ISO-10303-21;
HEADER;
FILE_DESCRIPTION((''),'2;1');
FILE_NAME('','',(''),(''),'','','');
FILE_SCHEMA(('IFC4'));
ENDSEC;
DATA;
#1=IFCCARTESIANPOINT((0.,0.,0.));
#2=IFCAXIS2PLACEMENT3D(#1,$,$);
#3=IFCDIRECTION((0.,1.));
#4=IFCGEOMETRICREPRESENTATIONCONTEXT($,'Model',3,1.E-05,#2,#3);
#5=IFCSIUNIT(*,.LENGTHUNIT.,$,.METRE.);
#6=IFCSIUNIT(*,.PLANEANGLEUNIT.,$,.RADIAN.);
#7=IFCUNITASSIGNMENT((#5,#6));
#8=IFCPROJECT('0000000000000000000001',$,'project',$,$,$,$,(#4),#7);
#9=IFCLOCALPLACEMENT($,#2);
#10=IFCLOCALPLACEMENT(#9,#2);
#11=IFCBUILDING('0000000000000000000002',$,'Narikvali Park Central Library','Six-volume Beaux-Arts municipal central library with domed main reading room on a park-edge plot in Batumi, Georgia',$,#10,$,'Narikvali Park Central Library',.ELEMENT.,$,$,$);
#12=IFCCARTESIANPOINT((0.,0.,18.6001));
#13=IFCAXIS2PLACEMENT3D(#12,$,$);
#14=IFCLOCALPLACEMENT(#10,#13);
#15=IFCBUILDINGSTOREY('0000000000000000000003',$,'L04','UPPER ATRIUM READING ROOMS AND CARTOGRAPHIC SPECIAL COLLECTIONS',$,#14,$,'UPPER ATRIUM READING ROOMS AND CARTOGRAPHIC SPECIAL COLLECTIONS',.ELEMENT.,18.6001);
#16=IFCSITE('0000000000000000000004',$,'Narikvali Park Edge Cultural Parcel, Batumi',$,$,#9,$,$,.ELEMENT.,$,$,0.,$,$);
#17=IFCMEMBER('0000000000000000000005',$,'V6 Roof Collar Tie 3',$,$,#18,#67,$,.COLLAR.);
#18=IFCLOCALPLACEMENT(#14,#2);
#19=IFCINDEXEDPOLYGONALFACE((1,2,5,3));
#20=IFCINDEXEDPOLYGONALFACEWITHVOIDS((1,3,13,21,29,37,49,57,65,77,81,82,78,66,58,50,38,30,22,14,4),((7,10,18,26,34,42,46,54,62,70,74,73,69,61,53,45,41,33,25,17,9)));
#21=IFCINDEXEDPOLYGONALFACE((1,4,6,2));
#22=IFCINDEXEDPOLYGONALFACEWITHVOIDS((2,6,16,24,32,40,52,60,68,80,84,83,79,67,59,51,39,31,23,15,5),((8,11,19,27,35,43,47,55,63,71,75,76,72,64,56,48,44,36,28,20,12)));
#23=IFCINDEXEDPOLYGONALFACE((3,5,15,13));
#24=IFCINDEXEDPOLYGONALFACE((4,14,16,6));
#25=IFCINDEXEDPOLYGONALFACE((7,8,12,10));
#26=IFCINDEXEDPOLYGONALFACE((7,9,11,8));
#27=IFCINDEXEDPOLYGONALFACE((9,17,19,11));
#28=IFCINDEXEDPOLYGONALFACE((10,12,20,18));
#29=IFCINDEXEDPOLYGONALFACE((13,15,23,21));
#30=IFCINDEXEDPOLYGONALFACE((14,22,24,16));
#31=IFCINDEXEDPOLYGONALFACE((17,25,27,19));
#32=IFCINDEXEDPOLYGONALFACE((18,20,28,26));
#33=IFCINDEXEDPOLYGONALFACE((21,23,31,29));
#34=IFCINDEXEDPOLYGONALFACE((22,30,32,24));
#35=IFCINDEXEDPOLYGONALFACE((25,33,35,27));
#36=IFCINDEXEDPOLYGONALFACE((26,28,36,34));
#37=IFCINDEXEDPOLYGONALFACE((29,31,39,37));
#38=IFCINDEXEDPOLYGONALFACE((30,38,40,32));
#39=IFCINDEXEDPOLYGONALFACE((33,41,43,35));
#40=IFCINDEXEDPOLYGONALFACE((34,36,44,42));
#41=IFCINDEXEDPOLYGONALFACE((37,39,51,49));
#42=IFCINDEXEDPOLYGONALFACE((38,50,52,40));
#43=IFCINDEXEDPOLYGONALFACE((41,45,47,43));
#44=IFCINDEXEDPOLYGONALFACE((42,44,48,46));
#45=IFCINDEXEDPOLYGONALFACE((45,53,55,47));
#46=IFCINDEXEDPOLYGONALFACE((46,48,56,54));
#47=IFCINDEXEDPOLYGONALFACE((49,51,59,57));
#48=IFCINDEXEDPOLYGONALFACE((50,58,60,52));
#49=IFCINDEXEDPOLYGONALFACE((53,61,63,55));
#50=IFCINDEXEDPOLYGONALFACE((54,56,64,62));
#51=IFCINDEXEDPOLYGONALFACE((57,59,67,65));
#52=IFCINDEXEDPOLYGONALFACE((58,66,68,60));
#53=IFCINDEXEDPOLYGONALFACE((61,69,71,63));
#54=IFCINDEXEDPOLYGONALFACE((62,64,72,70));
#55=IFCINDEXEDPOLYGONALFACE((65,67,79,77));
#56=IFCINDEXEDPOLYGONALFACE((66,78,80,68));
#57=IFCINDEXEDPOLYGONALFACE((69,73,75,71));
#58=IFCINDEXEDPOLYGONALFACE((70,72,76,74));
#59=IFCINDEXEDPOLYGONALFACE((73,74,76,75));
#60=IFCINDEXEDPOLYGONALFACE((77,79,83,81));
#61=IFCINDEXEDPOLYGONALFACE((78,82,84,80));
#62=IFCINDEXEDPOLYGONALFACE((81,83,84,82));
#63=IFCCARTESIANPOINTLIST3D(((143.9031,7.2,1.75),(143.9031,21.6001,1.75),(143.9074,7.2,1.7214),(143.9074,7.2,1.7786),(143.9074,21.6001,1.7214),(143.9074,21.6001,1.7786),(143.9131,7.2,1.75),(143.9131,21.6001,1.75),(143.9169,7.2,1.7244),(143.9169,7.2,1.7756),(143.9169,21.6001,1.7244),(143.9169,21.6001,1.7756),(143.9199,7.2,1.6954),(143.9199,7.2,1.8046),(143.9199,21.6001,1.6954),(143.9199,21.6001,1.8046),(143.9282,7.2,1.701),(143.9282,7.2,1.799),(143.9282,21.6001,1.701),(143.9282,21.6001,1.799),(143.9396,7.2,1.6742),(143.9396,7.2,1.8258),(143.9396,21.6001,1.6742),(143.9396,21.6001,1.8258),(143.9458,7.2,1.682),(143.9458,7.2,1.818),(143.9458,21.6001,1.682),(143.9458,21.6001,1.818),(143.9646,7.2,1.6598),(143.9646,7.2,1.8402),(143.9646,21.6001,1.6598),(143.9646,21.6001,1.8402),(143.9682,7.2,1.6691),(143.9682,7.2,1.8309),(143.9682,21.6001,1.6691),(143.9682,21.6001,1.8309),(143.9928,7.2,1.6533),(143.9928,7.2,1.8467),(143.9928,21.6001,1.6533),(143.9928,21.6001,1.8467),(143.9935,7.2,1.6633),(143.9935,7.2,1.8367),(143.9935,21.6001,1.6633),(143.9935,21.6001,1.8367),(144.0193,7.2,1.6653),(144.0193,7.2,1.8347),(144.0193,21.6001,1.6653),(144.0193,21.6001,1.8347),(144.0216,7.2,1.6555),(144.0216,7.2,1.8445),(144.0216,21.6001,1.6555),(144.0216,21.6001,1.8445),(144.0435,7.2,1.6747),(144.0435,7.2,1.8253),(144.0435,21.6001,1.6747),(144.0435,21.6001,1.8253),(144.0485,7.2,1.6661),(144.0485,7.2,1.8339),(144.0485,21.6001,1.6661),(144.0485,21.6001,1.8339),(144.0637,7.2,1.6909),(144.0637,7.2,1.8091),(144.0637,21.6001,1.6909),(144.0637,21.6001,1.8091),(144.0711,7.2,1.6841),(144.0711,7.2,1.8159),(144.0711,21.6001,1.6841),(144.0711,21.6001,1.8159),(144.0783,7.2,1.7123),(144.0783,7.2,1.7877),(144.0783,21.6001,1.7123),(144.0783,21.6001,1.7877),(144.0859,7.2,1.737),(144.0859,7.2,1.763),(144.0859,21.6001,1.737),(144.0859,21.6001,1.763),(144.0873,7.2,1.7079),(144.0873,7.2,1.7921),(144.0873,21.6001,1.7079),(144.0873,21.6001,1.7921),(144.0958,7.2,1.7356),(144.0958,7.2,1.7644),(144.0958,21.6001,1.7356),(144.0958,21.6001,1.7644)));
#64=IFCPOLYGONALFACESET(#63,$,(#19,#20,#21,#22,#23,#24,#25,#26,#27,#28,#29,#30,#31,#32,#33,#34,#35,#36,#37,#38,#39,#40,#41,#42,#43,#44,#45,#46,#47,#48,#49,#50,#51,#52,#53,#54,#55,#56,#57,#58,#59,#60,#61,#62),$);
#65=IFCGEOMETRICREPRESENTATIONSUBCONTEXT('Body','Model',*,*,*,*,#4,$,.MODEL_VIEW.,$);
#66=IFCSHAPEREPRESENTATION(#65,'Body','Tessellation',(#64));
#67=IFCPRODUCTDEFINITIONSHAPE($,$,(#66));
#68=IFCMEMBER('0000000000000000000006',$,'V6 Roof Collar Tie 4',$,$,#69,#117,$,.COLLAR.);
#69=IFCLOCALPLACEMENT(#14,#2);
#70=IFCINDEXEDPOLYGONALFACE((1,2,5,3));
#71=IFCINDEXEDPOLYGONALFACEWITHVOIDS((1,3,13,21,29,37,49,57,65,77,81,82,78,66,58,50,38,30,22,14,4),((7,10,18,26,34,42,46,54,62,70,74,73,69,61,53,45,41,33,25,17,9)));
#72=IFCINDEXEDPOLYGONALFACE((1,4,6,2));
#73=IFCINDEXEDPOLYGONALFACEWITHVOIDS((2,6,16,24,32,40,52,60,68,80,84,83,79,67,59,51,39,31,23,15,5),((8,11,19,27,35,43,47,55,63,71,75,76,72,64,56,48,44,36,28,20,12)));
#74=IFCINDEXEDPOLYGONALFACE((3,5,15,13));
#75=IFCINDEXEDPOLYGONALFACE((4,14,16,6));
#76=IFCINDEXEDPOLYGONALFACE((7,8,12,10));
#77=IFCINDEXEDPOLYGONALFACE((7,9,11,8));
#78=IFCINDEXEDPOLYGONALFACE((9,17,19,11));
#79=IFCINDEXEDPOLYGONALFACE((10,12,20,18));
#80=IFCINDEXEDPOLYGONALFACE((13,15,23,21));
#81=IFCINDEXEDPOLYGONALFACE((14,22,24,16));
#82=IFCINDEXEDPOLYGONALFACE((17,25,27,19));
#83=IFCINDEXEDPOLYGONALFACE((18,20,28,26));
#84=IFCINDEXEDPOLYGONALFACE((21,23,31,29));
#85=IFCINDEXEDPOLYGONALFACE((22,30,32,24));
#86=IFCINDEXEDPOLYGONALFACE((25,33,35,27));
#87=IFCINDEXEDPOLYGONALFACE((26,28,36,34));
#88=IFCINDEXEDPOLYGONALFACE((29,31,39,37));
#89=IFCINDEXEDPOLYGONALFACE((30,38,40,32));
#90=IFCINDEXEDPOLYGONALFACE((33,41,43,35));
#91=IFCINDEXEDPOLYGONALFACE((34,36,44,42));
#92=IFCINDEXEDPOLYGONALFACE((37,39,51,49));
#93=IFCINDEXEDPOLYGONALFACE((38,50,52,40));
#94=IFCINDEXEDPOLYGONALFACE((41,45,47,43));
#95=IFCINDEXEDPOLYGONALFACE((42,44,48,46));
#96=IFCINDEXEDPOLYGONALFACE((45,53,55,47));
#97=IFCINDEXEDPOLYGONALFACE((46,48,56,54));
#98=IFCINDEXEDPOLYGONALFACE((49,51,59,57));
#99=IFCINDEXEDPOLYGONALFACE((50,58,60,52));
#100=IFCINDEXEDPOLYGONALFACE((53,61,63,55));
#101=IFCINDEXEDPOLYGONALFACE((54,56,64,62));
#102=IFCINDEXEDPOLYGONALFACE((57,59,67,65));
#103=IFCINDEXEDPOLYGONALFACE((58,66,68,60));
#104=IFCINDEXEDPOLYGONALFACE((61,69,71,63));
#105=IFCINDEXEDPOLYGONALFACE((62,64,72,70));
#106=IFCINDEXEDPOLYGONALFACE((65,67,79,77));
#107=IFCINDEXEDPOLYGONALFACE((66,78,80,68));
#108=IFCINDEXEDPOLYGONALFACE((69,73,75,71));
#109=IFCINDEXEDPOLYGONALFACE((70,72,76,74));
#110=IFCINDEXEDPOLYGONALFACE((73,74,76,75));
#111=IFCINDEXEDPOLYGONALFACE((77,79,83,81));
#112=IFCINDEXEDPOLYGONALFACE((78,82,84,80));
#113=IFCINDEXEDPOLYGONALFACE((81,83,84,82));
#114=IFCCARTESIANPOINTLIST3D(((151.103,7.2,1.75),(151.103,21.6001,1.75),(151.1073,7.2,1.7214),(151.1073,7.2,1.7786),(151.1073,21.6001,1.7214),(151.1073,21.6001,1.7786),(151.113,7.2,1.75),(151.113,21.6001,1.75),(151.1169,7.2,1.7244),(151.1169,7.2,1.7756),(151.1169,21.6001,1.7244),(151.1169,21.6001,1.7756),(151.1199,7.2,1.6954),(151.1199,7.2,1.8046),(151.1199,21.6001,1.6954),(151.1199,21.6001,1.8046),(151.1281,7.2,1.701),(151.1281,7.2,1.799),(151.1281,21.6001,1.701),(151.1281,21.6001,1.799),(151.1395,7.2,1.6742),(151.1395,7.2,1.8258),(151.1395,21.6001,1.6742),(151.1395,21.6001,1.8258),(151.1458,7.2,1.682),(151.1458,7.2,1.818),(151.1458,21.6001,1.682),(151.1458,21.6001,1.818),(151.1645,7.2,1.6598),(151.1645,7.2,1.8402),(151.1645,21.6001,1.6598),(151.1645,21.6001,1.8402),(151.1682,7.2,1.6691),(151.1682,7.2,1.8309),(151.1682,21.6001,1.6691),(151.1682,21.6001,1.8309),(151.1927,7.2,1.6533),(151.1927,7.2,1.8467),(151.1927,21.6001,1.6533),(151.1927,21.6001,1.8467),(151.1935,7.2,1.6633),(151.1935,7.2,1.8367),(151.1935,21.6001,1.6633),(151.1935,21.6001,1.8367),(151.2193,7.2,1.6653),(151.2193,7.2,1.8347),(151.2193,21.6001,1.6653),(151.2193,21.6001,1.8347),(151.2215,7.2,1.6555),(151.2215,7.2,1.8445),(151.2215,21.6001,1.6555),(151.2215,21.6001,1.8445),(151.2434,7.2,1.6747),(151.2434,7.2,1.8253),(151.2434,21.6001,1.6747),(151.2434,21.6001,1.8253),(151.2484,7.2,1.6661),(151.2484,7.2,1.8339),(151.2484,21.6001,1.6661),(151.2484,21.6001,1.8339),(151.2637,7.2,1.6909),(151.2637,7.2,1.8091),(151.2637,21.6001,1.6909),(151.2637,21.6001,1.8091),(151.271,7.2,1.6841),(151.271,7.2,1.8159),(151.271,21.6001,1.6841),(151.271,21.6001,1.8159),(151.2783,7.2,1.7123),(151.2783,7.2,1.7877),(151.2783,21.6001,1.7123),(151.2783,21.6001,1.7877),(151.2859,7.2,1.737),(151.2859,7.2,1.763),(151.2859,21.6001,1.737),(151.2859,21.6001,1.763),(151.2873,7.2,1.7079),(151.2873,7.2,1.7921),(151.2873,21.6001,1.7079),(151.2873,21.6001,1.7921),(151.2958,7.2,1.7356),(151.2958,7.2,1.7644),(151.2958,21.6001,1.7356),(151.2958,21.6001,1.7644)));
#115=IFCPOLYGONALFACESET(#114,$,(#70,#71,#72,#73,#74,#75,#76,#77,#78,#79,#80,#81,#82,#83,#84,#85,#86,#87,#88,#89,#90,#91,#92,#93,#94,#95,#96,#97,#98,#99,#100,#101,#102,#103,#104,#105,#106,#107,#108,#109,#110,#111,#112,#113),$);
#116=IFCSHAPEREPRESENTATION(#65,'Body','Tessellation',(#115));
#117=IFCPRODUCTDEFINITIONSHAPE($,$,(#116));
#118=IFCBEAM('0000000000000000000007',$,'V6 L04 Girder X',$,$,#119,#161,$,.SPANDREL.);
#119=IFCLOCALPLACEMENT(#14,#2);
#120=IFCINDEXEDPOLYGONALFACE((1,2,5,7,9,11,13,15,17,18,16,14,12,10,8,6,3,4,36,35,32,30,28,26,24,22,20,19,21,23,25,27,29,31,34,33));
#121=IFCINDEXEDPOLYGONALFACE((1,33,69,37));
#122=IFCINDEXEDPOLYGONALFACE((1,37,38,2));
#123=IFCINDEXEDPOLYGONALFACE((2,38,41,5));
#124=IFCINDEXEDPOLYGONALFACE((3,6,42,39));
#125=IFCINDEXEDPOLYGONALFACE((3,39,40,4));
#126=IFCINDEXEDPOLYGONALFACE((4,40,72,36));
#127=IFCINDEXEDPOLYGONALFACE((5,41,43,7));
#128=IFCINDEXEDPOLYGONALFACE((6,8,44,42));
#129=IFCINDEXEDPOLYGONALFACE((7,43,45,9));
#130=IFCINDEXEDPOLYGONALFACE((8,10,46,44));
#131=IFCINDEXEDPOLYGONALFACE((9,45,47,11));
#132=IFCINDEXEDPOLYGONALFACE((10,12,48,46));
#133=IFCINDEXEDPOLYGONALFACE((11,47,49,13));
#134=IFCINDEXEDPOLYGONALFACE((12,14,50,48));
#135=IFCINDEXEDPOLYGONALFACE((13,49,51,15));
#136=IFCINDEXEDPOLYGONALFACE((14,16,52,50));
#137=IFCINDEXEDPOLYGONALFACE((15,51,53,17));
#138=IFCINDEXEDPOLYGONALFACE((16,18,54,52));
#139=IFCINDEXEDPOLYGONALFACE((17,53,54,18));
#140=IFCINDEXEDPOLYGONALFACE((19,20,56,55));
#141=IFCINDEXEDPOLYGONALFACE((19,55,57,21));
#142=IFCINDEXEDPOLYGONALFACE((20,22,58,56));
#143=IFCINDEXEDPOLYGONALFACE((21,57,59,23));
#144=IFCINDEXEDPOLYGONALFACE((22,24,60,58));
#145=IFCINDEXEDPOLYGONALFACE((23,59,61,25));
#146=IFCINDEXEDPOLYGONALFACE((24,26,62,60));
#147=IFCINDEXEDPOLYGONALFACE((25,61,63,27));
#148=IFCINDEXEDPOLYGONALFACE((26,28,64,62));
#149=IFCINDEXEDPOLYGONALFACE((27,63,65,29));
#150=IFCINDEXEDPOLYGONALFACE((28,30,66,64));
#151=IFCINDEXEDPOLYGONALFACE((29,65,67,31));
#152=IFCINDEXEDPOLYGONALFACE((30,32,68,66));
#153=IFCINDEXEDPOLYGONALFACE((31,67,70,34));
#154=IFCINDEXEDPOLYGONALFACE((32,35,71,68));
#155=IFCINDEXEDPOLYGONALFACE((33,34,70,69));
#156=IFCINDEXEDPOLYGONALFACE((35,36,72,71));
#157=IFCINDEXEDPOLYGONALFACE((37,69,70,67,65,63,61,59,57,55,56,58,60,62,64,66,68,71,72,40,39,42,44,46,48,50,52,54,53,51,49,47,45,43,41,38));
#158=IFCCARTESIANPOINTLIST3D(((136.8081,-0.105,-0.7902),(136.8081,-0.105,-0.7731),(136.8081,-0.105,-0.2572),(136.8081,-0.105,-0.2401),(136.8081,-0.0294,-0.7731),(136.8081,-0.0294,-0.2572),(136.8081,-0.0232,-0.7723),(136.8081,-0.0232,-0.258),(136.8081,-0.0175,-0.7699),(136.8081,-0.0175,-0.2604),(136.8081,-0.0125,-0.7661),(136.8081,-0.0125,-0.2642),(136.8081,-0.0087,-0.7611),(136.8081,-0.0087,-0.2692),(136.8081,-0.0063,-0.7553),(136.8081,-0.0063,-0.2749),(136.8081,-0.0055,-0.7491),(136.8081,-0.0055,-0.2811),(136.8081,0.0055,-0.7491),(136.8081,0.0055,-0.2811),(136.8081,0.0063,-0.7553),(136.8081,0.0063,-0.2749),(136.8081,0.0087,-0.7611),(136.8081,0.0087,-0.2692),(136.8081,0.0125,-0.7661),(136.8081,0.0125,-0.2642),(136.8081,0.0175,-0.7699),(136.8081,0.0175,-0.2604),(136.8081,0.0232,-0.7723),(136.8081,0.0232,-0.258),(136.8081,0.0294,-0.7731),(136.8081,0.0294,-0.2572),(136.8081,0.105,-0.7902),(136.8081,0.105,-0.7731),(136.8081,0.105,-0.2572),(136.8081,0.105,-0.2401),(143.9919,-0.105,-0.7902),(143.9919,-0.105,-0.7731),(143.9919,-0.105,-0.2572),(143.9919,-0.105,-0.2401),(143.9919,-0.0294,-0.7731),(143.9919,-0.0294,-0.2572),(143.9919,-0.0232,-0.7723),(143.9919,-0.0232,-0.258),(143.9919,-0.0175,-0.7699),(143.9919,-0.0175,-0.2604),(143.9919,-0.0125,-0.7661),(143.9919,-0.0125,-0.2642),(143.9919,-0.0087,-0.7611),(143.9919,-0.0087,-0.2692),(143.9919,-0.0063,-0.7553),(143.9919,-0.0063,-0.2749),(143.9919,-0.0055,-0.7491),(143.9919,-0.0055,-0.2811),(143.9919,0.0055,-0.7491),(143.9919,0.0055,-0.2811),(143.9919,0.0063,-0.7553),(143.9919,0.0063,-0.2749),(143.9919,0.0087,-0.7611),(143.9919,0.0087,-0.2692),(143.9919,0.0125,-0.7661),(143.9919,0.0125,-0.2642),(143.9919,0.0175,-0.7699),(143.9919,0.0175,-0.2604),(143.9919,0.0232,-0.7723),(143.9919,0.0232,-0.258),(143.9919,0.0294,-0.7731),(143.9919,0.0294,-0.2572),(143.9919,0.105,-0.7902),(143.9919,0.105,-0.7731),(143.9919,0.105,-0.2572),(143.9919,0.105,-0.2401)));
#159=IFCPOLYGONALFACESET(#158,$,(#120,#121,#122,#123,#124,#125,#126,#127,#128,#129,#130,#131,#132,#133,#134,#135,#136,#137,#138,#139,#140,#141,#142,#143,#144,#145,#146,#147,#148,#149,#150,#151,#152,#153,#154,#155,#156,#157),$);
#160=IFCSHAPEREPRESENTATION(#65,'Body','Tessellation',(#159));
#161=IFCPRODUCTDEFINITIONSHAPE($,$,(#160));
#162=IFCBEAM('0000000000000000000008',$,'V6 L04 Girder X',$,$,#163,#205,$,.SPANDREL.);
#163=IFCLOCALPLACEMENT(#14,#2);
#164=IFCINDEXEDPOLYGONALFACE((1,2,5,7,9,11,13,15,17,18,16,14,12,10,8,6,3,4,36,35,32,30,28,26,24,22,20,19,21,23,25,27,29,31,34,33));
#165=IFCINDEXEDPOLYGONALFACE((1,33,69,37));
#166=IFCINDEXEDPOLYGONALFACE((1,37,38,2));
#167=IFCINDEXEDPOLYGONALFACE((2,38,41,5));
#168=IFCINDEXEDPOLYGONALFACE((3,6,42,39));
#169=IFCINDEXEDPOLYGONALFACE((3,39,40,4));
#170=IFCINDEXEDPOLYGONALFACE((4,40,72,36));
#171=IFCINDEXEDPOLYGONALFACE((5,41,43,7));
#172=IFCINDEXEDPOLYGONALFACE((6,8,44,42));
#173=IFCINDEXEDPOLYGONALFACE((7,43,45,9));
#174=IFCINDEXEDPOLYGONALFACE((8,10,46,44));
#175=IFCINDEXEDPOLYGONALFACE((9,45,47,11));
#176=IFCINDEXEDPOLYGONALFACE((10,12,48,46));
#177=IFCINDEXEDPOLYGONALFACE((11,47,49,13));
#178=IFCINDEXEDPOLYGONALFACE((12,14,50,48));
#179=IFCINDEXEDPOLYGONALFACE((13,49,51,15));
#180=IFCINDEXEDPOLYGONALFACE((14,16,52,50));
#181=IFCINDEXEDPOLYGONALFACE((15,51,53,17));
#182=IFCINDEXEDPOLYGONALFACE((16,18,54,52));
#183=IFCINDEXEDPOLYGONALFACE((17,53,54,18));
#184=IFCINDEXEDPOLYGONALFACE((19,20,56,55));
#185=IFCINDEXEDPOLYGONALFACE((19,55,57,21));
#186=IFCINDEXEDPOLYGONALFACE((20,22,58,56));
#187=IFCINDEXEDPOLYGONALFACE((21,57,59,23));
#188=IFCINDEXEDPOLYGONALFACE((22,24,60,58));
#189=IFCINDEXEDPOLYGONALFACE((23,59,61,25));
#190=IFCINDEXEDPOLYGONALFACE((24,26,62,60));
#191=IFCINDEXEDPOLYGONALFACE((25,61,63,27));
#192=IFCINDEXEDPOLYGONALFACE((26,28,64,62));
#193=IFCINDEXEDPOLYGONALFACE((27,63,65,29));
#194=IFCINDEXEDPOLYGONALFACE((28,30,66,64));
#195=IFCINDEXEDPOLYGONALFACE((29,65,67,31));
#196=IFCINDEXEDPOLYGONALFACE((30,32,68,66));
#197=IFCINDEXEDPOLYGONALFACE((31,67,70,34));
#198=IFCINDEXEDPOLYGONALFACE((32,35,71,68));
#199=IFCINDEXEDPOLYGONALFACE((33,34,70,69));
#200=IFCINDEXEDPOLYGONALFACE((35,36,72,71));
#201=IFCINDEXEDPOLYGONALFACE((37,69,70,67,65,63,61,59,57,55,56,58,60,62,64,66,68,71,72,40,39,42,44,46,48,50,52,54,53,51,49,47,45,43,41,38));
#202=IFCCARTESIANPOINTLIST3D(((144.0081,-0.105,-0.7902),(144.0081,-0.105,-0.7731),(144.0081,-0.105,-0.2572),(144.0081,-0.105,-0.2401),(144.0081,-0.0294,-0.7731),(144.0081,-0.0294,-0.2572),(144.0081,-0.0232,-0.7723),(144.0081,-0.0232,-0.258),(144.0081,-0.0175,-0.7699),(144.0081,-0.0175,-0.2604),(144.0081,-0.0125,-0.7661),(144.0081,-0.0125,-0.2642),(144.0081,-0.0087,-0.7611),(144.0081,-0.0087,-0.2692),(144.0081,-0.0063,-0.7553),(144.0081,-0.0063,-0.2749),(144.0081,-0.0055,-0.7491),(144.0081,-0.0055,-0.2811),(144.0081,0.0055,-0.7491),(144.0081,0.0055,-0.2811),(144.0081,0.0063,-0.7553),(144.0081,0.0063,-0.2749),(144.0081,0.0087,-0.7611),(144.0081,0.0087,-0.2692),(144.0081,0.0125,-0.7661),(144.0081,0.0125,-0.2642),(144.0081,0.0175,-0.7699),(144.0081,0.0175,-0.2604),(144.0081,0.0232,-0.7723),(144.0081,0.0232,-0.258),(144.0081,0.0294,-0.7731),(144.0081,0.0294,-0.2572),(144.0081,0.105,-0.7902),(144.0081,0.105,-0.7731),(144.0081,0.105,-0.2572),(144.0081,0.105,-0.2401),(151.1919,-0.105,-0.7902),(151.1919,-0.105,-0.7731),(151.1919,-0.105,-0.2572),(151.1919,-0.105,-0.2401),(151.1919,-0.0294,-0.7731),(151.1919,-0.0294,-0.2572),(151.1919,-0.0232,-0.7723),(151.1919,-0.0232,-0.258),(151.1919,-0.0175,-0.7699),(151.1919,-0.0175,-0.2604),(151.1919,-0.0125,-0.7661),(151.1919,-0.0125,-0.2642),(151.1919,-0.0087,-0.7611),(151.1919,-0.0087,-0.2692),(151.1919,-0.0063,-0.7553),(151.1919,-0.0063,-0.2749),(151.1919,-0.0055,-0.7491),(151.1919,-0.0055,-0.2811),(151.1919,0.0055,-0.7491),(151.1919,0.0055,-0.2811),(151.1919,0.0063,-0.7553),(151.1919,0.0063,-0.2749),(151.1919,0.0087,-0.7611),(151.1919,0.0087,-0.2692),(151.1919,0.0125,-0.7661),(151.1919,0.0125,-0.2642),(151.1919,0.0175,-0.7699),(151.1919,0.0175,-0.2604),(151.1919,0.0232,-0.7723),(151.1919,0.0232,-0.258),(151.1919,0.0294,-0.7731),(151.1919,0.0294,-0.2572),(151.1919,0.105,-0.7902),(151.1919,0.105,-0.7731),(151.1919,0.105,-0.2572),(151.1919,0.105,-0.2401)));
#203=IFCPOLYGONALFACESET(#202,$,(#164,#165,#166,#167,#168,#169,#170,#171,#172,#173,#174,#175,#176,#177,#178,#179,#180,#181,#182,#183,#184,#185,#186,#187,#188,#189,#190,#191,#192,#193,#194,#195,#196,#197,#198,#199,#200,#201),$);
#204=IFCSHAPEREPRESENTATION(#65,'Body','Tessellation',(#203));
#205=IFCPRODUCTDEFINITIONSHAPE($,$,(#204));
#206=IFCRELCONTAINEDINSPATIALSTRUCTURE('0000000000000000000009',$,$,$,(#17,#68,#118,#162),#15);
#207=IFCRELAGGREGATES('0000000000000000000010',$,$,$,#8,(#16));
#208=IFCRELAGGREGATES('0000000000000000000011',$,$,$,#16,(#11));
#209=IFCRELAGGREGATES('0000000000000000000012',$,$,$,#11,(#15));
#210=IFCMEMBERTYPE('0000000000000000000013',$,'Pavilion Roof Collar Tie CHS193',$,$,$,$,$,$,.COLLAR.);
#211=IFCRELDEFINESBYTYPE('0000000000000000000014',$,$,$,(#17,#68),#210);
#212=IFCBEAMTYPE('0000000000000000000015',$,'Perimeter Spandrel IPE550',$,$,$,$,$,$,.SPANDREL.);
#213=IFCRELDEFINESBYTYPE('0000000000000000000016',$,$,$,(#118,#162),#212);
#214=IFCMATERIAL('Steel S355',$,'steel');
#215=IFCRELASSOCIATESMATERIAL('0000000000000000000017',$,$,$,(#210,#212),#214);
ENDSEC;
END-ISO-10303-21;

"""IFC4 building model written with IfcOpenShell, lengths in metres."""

from ifc_helpers import new_model, si_unit, direction, frame, origin, origin_2d, place, context, subcontext, project, spatial, hollow_circle, i_section, extrude, material, material_profile, profile_set, type_object, element, save


model = new_model("IFC4")

# Units and contexts
model_context = context("Model", 3, precision=1e-05, world=origin(), true_north=direction((0.0, 1.0)))
body_context = subcontext(model_context, "Body", "Model", "MODEL_VIEW")
ifc_project = project(units=[si_unit("LENGTHUNIT", "METRE"), si_unit("PLANEANGLEUNIT", "RADIAN")], contexts=[model_context])

# Site, building, storey
site_placement = place(None, origin())
site = spatial("IfcSite", under=ifc_project, at=site_placement, Name="Narikvali Park Edge Cultural Parcel, Batumi", CompositionType="ELEMENT", RefElevation=0.0)
building_placement = place(site_placement, origin())
building = spatial("IfcBuilding", under=site, at=building_placement, Name="Narikvali Park Central Library", Description="Six-volume Beaux-Arts municipal central library with domed main reading room on a park-edge plot in Batumi, Georgia", LongName="Narikvali Park Central Library", CompositionType="ELEMENT")
storey_placement = place(building_placement, frame((0.0, 0.0, 18.6001)))
storey = spatial("IfcBuildingStorey", under=building, at=storey_placement, Name="L04", Description="UPPER ATRIUM READING ROOMS AND CARTOGRAPHIC SPECIAL COLLECTIONS", LongName="UPPER ATRIUM READING ROOMS AND CARTOGRAPHIC SPECIAL COLLECTIONS", CompositionType="ELEMENT", Elevation=18.6001)

# Shared definitions
ifc_material = material(Name="Steel S355", Category="steel")

# Members
ifc_material_profile_1 = material_profile(ifc_material, hollow_circle(Radius=0.0969, WallThickness=0.01, at=origin_2d()), Name="CHS 193.7x10")
ifc_profile_set_1 = profile_set([ifc_material_profile_1], Name="Steel S355")
member_type_1 = type_object("IfcMemberType", Name="Pavilion Roof Collar Tie CHS193", PredefinedType="COLLAR", material=ifc_profile_set_1)
for number, where, z_axis, x_axis, name in (
    (1, (144.0, 7.2, 1.75), (0.0, 1.0, 0.0), (-1.0, 0.0, 0.0), "V6 Roof Collar Tie 3"),
    (2, (151.2, 7.2, 1.75), (0.0, 1.0, 0.0), (-1.0, 0.0, 0.0), "V6 Roof Collar Tie 4"),
):
    element("IfcMember", number, at=place(storey_placement, frame(where, z_axis=z_axis, x_axis=x_axis)), inside=storey, type_object=member_type_1, Name=name, PredefinedType="COLLAR", context=body_context, shape_type="SweptSolid", body=[
        extrude(hollow_circle(Radius=0.0969, WallThickness=0.01, at=origin_2d()), origin(), (0.0, 0.0, 1.0), 14.4001),
    ])

# Beams
ifc_material_profile_2 = material_profile(ifc_material, i_section(OverallWidth=0.21, OverallDepth=0.55, WebThickness=0.011, FlangeThickness=0.0171, FilletRadius=0.0239, at=origin_2d()), Name="IPE 550")
ifc_profile_set_2 = profile_set([ifc_material_profile_2], Name="Steel S355")
beam_type_1 = type_object("IfcBeamType", Name="Perimeter Spandrel IPE550", PredefinedType="SPANDREL", material=ifc_profile_set_2)
for number, where, z_axis, x_axis, name in (
    (3, (136.8081, 0.0, -0.5151), (1.0, 0.0, 0.0), (0.0, 1.0, 0.0), "V6 L04 Girder X"),
    (4, (144.0081, 0.0, -0.5151), (1.0, 0.0, 0.0), (0.0, 1.0, 0.0), "V6 L04 Girder X"),
):
    element("IfcBeam", number, at=place(storey_placement, frame(where, z_axis=z_axis, x_axis=x_axis)), inside=storey, type_object=beam_type_1, Name=name, PredefinedType="SPANDREL", context=body_context, shape_type="SweptSolid", body=[
        extrude(i_section(OverallWidth=0.21, OverallDepth=0.55, WebThickness=0.011, FlangeThickness=0.0171, FilletRadius=0.0239, at=origin_2d()), origin(), (0.0, 0.0, 1.0), 7.1838),
    ])

save(model, "model.ifc")
